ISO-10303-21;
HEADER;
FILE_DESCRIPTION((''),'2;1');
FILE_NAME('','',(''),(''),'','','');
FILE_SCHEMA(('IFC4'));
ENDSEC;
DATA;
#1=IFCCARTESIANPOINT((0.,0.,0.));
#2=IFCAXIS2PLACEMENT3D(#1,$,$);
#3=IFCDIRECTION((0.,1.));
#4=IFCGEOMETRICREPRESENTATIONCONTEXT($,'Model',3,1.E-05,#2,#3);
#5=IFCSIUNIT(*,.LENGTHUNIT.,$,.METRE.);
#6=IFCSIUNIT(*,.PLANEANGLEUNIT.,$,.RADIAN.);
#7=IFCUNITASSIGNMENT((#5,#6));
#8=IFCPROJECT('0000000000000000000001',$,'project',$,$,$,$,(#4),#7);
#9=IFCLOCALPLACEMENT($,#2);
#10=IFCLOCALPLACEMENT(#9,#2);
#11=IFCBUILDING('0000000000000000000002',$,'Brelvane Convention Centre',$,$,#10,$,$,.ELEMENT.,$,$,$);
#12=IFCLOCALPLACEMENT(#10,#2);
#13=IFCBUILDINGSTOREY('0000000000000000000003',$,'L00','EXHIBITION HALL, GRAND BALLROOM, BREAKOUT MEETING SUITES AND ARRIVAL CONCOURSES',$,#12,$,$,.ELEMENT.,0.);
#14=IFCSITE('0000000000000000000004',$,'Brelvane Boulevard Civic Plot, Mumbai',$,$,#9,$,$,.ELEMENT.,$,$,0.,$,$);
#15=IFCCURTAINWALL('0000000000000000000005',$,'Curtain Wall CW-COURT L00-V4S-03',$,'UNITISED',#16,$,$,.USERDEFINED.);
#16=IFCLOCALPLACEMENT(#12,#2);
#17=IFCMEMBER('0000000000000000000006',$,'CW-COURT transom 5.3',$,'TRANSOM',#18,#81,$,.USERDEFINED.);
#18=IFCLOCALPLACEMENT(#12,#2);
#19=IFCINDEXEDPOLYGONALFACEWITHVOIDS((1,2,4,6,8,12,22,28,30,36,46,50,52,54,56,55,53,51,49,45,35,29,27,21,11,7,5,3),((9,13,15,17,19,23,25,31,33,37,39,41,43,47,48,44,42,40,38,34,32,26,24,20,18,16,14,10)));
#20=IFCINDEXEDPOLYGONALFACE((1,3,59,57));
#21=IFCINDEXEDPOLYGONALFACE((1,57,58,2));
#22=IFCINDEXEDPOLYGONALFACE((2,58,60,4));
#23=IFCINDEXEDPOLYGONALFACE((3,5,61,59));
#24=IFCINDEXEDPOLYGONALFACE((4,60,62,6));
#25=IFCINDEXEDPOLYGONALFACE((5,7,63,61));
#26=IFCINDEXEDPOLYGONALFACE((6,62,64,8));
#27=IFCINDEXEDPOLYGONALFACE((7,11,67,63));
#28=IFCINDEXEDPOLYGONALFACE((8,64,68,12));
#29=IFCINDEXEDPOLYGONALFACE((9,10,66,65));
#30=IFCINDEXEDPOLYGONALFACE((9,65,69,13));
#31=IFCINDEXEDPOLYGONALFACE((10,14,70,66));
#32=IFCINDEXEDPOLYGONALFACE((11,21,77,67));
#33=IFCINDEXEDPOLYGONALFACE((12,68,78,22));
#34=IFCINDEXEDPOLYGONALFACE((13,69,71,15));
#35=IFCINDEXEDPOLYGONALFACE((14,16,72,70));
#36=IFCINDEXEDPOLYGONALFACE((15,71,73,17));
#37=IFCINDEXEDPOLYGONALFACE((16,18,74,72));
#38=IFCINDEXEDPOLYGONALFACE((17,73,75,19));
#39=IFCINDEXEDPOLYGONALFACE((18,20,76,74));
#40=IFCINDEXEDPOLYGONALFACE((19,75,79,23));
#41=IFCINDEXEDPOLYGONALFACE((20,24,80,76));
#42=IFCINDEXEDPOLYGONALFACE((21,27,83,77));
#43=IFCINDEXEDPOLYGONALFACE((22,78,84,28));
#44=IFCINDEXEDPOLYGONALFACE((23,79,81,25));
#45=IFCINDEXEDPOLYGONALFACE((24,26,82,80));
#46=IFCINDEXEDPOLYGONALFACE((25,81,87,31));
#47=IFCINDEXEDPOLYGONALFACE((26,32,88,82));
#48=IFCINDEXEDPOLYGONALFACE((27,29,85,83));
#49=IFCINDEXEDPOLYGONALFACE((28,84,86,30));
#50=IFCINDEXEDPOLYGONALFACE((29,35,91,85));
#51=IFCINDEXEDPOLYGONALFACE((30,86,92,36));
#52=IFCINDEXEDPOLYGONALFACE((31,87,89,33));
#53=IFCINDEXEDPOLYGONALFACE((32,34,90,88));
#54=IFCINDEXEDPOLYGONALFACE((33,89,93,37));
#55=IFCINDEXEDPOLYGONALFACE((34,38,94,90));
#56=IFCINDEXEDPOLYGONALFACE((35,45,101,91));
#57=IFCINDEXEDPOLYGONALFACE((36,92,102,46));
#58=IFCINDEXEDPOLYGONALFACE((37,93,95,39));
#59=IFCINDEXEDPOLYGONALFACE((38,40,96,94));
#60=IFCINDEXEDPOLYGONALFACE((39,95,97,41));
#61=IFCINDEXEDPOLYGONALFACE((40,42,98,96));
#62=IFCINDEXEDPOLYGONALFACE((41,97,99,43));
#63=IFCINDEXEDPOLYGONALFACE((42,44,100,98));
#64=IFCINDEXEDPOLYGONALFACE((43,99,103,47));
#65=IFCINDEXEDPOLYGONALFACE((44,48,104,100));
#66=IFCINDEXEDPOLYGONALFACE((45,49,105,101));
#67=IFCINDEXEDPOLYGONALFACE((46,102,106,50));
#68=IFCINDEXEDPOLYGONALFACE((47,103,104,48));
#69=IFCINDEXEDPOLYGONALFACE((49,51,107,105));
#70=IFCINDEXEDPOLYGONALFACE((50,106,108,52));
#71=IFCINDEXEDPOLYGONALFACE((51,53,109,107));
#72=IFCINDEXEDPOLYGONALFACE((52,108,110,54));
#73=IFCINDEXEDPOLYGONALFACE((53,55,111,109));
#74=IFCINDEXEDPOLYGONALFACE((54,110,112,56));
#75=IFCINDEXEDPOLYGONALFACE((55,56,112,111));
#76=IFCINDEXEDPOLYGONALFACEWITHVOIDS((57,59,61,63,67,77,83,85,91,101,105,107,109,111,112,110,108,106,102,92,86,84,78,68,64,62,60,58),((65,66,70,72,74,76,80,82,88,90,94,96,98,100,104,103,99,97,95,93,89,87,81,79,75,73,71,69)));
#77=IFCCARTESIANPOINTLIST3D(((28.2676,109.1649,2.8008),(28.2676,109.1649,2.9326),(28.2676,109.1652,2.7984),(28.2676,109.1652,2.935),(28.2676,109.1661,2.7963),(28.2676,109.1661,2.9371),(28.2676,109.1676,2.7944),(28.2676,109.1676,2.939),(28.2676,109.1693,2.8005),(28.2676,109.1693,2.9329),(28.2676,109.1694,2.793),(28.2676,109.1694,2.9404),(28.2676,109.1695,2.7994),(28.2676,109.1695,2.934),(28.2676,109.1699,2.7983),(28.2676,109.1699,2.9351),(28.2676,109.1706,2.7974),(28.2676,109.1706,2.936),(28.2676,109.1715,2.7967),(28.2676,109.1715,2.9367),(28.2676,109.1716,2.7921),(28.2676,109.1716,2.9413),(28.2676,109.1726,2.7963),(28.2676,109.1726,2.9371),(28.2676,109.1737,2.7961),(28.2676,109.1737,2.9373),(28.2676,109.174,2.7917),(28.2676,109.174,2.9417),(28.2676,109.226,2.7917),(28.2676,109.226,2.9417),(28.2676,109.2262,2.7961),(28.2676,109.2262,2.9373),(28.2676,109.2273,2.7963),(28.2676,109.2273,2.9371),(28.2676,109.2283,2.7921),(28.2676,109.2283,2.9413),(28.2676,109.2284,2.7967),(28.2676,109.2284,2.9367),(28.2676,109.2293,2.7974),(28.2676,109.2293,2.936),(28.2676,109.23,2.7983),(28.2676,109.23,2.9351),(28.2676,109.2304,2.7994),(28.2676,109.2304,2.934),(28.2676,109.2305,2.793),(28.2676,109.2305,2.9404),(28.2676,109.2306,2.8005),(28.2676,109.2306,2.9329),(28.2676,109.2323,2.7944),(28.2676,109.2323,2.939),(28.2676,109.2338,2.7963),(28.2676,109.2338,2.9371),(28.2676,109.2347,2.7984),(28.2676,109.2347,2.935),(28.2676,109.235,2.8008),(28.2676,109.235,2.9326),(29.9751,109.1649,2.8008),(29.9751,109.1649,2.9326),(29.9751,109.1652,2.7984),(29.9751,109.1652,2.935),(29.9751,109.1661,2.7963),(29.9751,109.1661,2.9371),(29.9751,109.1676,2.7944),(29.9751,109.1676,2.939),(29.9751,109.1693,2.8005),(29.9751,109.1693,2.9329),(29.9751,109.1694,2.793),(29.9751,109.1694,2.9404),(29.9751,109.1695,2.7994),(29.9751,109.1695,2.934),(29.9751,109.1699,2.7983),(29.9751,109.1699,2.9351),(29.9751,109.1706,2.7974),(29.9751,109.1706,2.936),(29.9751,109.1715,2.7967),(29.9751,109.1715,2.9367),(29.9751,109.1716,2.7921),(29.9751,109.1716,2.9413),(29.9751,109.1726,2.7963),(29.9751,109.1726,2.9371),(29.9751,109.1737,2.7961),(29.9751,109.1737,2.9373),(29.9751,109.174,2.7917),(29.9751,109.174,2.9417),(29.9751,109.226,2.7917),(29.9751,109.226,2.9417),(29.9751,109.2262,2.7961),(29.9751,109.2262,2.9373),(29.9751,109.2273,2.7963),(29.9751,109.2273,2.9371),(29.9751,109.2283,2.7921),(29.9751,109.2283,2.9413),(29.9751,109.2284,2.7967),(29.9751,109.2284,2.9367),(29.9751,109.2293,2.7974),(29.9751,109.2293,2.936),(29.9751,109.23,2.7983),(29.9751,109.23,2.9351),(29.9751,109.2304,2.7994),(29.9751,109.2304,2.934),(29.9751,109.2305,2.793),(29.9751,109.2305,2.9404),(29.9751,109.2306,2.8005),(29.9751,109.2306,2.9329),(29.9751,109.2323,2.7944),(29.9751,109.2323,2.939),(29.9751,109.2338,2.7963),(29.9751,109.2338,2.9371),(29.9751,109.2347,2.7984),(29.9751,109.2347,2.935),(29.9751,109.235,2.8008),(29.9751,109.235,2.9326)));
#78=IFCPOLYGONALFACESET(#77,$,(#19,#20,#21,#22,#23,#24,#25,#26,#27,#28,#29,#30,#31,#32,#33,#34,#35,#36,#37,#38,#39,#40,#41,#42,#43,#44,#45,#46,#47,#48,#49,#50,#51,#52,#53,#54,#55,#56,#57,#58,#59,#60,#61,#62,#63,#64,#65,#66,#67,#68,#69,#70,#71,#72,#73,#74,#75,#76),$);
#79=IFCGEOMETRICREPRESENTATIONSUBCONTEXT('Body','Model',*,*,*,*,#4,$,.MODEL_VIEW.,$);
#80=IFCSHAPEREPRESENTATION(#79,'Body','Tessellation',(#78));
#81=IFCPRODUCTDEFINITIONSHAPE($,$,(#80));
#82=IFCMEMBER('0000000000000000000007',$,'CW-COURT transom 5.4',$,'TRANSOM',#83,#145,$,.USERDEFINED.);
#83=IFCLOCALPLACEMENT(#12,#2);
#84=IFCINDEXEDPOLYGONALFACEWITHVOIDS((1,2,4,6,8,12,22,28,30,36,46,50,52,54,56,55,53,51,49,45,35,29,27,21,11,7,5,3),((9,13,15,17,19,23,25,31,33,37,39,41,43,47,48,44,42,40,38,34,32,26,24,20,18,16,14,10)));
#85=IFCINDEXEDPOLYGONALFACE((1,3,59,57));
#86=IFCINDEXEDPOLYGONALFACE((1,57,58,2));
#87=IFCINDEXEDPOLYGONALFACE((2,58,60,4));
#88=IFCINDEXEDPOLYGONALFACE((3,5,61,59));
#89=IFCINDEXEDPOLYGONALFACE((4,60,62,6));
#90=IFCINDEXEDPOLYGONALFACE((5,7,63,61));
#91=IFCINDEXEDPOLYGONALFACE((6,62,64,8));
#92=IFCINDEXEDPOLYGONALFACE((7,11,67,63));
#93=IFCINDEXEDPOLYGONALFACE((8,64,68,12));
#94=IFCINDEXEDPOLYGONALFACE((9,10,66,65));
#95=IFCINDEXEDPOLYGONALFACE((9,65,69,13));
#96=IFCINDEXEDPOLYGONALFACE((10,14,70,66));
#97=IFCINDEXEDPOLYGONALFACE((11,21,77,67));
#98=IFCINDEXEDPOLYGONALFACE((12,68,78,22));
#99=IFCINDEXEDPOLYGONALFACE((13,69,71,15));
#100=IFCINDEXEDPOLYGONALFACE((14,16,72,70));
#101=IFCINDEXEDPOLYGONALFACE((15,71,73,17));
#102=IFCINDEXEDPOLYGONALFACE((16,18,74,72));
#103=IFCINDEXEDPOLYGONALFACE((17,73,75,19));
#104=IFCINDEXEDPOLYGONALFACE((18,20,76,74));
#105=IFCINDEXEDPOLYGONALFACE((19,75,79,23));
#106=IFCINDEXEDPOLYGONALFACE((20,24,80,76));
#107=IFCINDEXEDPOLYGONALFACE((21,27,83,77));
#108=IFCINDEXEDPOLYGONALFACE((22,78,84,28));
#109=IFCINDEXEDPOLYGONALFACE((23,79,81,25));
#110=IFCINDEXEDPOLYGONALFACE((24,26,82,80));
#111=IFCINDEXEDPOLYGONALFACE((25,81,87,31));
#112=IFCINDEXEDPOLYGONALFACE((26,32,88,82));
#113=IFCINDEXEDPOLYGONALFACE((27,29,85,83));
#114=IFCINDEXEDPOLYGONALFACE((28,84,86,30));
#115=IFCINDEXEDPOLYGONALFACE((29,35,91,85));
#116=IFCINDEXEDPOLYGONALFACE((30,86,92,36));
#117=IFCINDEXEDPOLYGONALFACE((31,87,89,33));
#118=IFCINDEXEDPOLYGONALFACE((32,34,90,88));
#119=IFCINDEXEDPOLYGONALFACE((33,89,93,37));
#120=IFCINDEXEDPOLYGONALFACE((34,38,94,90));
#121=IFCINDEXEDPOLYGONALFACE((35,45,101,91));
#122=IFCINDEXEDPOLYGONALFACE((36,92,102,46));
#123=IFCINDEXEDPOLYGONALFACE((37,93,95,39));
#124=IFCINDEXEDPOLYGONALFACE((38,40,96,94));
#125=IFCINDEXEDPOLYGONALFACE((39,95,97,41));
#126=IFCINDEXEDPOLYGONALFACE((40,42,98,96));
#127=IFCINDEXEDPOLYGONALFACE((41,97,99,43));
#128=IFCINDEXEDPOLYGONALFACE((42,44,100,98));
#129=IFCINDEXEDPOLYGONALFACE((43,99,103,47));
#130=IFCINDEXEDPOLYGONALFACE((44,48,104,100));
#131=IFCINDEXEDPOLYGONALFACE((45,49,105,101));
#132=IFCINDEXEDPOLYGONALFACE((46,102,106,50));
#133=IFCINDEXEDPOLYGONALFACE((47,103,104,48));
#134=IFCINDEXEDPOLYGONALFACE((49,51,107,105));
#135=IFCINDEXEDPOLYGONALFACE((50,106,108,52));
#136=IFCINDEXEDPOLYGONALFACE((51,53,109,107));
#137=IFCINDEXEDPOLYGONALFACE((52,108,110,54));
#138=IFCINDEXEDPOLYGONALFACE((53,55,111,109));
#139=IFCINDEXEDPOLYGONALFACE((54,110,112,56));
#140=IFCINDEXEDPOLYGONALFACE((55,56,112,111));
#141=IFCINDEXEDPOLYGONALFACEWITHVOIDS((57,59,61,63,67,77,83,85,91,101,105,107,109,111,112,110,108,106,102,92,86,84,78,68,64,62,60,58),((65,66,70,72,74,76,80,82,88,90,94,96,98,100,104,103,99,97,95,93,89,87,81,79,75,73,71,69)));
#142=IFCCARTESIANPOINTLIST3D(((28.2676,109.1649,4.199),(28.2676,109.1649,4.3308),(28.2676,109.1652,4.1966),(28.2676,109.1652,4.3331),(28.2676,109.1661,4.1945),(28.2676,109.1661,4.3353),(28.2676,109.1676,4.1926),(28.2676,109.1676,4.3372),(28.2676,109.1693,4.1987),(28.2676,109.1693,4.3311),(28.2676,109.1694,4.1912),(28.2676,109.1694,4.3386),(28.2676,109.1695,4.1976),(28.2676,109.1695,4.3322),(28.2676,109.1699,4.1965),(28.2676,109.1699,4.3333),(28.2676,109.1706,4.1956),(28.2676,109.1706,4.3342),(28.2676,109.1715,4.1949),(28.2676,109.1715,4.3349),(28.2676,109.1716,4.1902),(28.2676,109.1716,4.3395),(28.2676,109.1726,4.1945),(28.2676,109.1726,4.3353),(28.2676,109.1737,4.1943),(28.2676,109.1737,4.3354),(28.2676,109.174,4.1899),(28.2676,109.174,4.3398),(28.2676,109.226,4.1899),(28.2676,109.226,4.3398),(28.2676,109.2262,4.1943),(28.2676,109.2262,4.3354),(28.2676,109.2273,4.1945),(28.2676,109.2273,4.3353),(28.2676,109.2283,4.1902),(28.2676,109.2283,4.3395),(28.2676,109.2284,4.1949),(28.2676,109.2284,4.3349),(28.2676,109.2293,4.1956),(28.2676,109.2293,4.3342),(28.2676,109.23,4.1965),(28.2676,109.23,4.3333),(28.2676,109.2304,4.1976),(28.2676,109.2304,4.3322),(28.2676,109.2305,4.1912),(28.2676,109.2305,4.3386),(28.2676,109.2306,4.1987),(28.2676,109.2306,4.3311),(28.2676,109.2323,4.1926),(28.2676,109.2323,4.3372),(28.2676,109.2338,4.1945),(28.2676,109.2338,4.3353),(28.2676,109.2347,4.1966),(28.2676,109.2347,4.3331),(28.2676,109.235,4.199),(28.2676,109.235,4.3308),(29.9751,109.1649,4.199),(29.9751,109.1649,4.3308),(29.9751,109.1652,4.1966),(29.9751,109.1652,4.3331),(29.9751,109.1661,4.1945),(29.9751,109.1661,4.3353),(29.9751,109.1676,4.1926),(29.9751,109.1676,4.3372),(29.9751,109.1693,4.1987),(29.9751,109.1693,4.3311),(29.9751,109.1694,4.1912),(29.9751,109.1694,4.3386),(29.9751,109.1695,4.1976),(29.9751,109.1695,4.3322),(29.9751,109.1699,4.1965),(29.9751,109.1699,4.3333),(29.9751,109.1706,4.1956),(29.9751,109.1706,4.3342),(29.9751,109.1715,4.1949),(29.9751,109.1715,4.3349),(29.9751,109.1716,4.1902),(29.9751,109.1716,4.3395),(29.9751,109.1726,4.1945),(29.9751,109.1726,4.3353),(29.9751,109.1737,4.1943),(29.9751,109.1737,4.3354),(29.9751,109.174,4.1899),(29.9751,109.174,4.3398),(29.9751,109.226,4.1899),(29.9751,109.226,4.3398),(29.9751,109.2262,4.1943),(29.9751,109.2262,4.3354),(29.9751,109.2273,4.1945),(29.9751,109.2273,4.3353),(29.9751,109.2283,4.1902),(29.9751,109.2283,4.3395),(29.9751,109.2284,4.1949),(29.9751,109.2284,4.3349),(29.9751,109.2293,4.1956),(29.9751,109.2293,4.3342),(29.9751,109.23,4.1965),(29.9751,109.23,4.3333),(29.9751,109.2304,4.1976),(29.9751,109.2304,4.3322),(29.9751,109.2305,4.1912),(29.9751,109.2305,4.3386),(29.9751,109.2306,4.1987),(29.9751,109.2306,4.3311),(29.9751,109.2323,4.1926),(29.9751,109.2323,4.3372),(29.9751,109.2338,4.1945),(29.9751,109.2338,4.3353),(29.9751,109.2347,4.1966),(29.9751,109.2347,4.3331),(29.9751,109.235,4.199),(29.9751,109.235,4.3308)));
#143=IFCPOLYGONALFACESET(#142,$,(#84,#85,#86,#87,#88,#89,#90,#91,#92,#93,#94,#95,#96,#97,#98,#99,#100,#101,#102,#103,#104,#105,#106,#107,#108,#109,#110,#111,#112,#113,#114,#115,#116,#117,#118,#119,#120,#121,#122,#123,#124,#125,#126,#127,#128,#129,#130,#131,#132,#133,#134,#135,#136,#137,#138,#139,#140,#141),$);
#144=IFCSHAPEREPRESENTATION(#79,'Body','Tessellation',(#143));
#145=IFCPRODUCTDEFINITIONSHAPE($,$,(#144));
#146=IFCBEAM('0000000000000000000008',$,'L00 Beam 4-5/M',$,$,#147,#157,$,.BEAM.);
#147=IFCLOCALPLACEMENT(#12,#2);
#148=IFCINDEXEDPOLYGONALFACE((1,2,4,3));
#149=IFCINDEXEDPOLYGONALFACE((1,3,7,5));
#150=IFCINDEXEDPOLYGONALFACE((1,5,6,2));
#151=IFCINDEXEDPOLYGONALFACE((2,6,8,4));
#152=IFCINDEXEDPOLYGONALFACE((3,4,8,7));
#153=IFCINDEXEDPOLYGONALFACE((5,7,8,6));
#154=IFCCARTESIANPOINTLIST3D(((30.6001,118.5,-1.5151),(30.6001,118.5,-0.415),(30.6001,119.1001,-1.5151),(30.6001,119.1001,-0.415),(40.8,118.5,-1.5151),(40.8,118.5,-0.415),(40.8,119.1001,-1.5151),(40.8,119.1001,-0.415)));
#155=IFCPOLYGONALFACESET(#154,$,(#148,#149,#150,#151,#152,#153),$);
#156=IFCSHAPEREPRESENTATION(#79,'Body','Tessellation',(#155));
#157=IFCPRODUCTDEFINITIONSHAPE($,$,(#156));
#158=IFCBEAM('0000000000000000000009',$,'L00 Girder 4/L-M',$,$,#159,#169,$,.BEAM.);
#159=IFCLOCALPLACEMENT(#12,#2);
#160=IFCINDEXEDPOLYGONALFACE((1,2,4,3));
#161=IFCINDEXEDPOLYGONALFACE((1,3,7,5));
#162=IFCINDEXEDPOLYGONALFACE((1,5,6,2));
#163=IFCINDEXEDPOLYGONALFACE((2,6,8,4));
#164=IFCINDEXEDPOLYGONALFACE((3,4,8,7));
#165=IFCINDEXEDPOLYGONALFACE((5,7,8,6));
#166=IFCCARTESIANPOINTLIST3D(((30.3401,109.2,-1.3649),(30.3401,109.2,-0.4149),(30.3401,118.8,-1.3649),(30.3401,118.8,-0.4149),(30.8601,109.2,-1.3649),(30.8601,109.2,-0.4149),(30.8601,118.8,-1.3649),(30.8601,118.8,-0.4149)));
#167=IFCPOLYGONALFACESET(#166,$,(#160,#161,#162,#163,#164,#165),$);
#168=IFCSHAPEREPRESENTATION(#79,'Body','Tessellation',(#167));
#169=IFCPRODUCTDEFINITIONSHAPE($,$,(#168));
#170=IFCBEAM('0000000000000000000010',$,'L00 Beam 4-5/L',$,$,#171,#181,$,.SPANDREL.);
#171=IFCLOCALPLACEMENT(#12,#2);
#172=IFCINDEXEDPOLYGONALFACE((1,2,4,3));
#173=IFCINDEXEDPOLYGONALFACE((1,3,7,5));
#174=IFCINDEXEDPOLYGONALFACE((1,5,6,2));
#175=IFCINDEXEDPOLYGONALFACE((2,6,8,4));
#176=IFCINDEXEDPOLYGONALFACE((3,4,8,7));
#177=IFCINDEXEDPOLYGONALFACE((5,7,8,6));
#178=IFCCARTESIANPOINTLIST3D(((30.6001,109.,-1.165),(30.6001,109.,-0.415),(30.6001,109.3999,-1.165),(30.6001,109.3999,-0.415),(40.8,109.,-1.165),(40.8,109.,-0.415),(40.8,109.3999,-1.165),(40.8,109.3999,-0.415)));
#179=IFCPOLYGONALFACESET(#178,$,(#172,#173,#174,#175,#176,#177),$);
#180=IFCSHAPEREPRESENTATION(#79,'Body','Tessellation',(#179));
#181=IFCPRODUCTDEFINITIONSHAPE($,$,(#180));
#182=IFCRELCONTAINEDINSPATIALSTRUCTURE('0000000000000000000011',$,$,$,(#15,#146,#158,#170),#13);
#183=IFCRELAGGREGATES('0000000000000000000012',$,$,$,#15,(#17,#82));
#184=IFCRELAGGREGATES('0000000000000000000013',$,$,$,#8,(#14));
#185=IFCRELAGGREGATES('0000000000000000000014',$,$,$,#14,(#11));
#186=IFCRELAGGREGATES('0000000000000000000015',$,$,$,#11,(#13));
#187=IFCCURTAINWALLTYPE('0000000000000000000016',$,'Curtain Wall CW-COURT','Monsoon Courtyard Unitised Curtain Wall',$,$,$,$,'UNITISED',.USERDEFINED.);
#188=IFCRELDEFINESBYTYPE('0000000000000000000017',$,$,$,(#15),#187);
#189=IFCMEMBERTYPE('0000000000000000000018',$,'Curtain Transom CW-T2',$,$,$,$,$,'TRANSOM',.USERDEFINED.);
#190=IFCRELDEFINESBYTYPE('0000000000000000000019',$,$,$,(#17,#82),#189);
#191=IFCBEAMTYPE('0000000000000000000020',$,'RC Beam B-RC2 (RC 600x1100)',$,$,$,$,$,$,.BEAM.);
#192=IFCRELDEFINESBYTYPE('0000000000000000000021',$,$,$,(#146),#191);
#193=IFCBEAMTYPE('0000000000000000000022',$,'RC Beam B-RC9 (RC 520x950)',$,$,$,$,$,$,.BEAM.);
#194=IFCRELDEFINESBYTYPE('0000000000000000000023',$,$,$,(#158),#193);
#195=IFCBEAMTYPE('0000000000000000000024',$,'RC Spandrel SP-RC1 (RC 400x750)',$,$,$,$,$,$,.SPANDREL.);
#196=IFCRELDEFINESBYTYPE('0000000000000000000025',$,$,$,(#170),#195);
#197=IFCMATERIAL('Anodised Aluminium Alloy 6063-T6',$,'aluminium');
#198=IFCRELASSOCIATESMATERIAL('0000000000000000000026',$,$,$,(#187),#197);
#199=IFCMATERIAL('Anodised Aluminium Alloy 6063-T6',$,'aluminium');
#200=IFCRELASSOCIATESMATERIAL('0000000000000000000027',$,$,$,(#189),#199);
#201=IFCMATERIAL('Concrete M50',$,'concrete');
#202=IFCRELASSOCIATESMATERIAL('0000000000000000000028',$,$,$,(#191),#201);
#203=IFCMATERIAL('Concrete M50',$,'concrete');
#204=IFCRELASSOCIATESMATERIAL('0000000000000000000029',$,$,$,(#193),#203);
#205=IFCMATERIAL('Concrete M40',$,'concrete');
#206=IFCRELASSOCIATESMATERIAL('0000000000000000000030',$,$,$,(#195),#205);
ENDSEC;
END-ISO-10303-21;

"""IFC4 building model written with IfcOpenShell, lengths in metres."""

from ifc_helpers import new_model, si_unit, direction, frame, origin, origin_2d, place, context, subcontext, project, spatial, rectangle, hollow_rectangle, extrude, material, material_profile, profile_set, type_object, element, aggregate, save


model = new_model("IFC4")

# Units and contexts
model_context = context("Model", 3, precision=1e-05, world=origin(), true_north=direction((0.0, 1.0)))
body_context = subcontext(model_context, "Body", "Model", "MODEL_VIEW")
ifc_project = project(units=[si_unit("LENGTHUNIT", "METRE"), si_unit("PLANEANGLEUNIT", "RADIAN")], contexts=[model_context])

# Site, building, storey
site_placement = place(None, origin())
site = spatial("IfcSite", under=ifc_project, at=site_placement, Name="Brelvane Boulevard Civic Plot, Mumbai", CompositionType="ELEMENT", RefElevation=0.0)
building_placement = place(site_placement, origin())
building = spatial("IfcBuilding", under=site, at=building_placement, Name="Brelvane Convention Centre", CompositionType="ELEMENT")
storey_placement = place(building_placement, origin())
storey = spatial("IfcBuildingStorey", under=building, at=storey_placement, Name="L00", Description="EXHIBITION HALL, GRAND BALLROOM, BREAKOUT MEETING SUITES AND ARRIVAL CONCOURSES", CompositionType="ELEMENT", Elevation=0.0)

# Curtain wall, members
ifc_material_1 = material(Name="Anodised Aluminium Alloy 6063-T6", Category="aluminium")
curtain_wall_type = type_object("IfcCurtainWallType", Name="Curtain Wall CW-COURT", Description="Monsoon Courtyard Unitised Curtain Wall", ElementType="UNITISED", PredefinedType="USERDEFINED", material=ifc_material_1)
curtain_wall_placement = place(storey_placement, origin())
curtain_wall = element("IfcCurtainWall", 1, at=curtain_wall_placement, inside=storey, type_object=curtain_wall_type, Name="Curtain Wall CW-COURT L00-V4S-03", ObjectType="UNITISED", PredefinedType="USERDEFINED")
ifc_material_2 = material(Name="Anodised Aluminium Alloy 6063-T6", Category="aluminium")
ifc_material_profile_1 = material_profile(ifc_material_2, hollow_rectangle(XDim=0.0701, YDim=0.1499, WallThickness=0.0044, InnerFilletRadius=0.0044, OuterFilletRadius=0.009, at=origin_2d()), Name="ALU-T 150x70x4.5")
ifc_profile_set_1 = profile_set([ifc_material_profile_1], Name="Anodised Aluminium Alloy 6063-T6")
member_type_1 = type_object("IfcMemberType", Name="Curtain Transom CW-T2", ElementType="TRANSOM", PredefinedType="USERDEFINED", material=ifc_profile_set_1)
member_1_placement = place(storey_placement, frame((28.2676, 109.2, 2.8667), z_axis=(1.0, 0.0, 0.0), x_axis=(0.0, 1.0, 0.0)))
member_1 = element("IfcMember", 2, at=member_1_placement, type_object=member_type_1, Name="CW-COURT transom 5.3", ObjectType="TRANSOM", PredefinedType="USERDEFINED", context=body_context, shape_type="SweptSolid", body=[
    extrude(hollow_rectangle(XDim=0.0701, YDim=0.1499, WallThickness=0.0044, InnerFilletRadius=0.0044, OuterFilletRadius=0.009, at=origin_2d()), origin(), (0.0, 0.0, 1.0), 1.7075),
])
member_2_placement = place(storey_placement, frame((28.2676, 109.2, 4.2649), z_axis=(1.0, 0.0, 0.0), x_axis=(0.0, 1.0, 0.0)))
member_2 = element("IfcMember", 3, at=member_2_placement, type_object=member_type_1, Name="CW-COURT transom 5.4", ObjectType="TRANSOM", PredefinedType="USERDEFINED", context=body_context, shape_type="SweptSolid", body=[
    extrude(hollow_rectangle(XDim=0.0701, YDim=0.1499, WallThickness=0.0044, InnerFilletRadius=0.0044, OuterFilletRadius=0.009, at=origin_2d()), origin(), (0.0, 0.0, 1.0), 1.7075),
])

# Beams
ifc_material_3 = material(Name="Concrete M50", Category="concrete")
ifc_material_profile_2 = material_profile(ifc_material_3, rectangle(XDim=0.6001, YDim=1.1001, at=origin_2d()), Name="RC 600x1100")
ifc_profile_set_2 = profile_set([ifc_material_profile_2], Name="Concrete M50")
beam_type_1 = type_object("IfcBeamType", Name="RC Beam B-RC2 (RC 600x1100)", PredefinedType="BEAM", material=ifc_profile_set_2)
beam_1_placement = place(storey_placement, frame((30.6001, 118.8, -0.9651), z_axis=(1.0, 0.0, 0.0), x_axis=(0.0, 1.0, 0.0)))
element("IfcBeam", 4, at=beam_1_placement, inside=storey, type_object=beam_type_1, Name="L00 Beam 4-5/M", PredefinedType="BEAM", context=body_context, shape_type="SweptSolid", body=[
    extrude(rectangle(XDim=0.6001, YDim=1.1001, at=origin_2d()), origin(), (0.0, 0.0, 1.0), 10.2),
])
ifc_material_4 = material(Name="Concrete M50", Category="concrete")
ifc_material_profile_3 = material_profile(ifc_material_4, rectangle(XDim=0.52, YDim=0.95, at=origin_2d()), Name="RC 520x950")
ifc_profile_set_3 = profile_set([ifc_material_profile_3], Name="Concrete M50")
beam_type_2 = type_object("IfcBeamType", Name="RC Beam B-RC9 (RC 520x950)", PredefinedType="BEAM", material=ifc_profile_set_3)
beam_2_placement = place(storey_placement, frame((30.6001, 109.2, -0.8899), z_axis=(0.0, 1.0, 0.0), x_axis=(-1.0, 0.0, 0.0)))
element("IfcBeam", 5, at=beam_2_placement, inside=storey, type_object=beam_type_2, Name="L00 Girder 4/L-M", PredefinedType="BEAM", context=body_context, shape_type="SweptSolid", body=[
    extrude(rectangle(XDim=0.52, YDim=0.95, at=origin_2d()), origin(), (0.0, 0.0, 1.0), 9.6001),
])
ifc_material_5 = material(Name="Concrete M40", Category="concrete")
ifc_material_profile_4 = material_profile(ifc_material_5, rectangle(XDim=0.3999, YDim=0.75, at=origin_2d()), Name="RC 400x750")
ifc_profile_set_4 = profile_set([ifc_material_profile_4], Name="Concrete M40")
beam_type_3 = type_object("IfcBeamType", Name="RC Spandrel SP-RC1 (RC 400x750)", PredefinedType="SPANDREL", material=ifc_profile_set_4)
beam_3_placement = place(storey_placement, frame((30.6001, 109.2, -0.79), z_axis=(1.0, 0.0, 0.0), x_axis=(0.0, 1.0, 0.0)))
element("IfcBeam", 6, at=beam_3_placement, inside=storey, type_object=beam_type_3, Name="L00 Beam 4-5/L", PredefinedType="SPANDREL", context=body_context, shape_type="SweptSolid", body=[
    extrude(rectangle(XDim=0.3999, YDim=0.75, at=origin_2d()), origin(), (0.0, 0.0, 1.0), 10.2),
])

aggregate(curtain_wall, [member_1, member_2])

save(model, "model.ifc")
